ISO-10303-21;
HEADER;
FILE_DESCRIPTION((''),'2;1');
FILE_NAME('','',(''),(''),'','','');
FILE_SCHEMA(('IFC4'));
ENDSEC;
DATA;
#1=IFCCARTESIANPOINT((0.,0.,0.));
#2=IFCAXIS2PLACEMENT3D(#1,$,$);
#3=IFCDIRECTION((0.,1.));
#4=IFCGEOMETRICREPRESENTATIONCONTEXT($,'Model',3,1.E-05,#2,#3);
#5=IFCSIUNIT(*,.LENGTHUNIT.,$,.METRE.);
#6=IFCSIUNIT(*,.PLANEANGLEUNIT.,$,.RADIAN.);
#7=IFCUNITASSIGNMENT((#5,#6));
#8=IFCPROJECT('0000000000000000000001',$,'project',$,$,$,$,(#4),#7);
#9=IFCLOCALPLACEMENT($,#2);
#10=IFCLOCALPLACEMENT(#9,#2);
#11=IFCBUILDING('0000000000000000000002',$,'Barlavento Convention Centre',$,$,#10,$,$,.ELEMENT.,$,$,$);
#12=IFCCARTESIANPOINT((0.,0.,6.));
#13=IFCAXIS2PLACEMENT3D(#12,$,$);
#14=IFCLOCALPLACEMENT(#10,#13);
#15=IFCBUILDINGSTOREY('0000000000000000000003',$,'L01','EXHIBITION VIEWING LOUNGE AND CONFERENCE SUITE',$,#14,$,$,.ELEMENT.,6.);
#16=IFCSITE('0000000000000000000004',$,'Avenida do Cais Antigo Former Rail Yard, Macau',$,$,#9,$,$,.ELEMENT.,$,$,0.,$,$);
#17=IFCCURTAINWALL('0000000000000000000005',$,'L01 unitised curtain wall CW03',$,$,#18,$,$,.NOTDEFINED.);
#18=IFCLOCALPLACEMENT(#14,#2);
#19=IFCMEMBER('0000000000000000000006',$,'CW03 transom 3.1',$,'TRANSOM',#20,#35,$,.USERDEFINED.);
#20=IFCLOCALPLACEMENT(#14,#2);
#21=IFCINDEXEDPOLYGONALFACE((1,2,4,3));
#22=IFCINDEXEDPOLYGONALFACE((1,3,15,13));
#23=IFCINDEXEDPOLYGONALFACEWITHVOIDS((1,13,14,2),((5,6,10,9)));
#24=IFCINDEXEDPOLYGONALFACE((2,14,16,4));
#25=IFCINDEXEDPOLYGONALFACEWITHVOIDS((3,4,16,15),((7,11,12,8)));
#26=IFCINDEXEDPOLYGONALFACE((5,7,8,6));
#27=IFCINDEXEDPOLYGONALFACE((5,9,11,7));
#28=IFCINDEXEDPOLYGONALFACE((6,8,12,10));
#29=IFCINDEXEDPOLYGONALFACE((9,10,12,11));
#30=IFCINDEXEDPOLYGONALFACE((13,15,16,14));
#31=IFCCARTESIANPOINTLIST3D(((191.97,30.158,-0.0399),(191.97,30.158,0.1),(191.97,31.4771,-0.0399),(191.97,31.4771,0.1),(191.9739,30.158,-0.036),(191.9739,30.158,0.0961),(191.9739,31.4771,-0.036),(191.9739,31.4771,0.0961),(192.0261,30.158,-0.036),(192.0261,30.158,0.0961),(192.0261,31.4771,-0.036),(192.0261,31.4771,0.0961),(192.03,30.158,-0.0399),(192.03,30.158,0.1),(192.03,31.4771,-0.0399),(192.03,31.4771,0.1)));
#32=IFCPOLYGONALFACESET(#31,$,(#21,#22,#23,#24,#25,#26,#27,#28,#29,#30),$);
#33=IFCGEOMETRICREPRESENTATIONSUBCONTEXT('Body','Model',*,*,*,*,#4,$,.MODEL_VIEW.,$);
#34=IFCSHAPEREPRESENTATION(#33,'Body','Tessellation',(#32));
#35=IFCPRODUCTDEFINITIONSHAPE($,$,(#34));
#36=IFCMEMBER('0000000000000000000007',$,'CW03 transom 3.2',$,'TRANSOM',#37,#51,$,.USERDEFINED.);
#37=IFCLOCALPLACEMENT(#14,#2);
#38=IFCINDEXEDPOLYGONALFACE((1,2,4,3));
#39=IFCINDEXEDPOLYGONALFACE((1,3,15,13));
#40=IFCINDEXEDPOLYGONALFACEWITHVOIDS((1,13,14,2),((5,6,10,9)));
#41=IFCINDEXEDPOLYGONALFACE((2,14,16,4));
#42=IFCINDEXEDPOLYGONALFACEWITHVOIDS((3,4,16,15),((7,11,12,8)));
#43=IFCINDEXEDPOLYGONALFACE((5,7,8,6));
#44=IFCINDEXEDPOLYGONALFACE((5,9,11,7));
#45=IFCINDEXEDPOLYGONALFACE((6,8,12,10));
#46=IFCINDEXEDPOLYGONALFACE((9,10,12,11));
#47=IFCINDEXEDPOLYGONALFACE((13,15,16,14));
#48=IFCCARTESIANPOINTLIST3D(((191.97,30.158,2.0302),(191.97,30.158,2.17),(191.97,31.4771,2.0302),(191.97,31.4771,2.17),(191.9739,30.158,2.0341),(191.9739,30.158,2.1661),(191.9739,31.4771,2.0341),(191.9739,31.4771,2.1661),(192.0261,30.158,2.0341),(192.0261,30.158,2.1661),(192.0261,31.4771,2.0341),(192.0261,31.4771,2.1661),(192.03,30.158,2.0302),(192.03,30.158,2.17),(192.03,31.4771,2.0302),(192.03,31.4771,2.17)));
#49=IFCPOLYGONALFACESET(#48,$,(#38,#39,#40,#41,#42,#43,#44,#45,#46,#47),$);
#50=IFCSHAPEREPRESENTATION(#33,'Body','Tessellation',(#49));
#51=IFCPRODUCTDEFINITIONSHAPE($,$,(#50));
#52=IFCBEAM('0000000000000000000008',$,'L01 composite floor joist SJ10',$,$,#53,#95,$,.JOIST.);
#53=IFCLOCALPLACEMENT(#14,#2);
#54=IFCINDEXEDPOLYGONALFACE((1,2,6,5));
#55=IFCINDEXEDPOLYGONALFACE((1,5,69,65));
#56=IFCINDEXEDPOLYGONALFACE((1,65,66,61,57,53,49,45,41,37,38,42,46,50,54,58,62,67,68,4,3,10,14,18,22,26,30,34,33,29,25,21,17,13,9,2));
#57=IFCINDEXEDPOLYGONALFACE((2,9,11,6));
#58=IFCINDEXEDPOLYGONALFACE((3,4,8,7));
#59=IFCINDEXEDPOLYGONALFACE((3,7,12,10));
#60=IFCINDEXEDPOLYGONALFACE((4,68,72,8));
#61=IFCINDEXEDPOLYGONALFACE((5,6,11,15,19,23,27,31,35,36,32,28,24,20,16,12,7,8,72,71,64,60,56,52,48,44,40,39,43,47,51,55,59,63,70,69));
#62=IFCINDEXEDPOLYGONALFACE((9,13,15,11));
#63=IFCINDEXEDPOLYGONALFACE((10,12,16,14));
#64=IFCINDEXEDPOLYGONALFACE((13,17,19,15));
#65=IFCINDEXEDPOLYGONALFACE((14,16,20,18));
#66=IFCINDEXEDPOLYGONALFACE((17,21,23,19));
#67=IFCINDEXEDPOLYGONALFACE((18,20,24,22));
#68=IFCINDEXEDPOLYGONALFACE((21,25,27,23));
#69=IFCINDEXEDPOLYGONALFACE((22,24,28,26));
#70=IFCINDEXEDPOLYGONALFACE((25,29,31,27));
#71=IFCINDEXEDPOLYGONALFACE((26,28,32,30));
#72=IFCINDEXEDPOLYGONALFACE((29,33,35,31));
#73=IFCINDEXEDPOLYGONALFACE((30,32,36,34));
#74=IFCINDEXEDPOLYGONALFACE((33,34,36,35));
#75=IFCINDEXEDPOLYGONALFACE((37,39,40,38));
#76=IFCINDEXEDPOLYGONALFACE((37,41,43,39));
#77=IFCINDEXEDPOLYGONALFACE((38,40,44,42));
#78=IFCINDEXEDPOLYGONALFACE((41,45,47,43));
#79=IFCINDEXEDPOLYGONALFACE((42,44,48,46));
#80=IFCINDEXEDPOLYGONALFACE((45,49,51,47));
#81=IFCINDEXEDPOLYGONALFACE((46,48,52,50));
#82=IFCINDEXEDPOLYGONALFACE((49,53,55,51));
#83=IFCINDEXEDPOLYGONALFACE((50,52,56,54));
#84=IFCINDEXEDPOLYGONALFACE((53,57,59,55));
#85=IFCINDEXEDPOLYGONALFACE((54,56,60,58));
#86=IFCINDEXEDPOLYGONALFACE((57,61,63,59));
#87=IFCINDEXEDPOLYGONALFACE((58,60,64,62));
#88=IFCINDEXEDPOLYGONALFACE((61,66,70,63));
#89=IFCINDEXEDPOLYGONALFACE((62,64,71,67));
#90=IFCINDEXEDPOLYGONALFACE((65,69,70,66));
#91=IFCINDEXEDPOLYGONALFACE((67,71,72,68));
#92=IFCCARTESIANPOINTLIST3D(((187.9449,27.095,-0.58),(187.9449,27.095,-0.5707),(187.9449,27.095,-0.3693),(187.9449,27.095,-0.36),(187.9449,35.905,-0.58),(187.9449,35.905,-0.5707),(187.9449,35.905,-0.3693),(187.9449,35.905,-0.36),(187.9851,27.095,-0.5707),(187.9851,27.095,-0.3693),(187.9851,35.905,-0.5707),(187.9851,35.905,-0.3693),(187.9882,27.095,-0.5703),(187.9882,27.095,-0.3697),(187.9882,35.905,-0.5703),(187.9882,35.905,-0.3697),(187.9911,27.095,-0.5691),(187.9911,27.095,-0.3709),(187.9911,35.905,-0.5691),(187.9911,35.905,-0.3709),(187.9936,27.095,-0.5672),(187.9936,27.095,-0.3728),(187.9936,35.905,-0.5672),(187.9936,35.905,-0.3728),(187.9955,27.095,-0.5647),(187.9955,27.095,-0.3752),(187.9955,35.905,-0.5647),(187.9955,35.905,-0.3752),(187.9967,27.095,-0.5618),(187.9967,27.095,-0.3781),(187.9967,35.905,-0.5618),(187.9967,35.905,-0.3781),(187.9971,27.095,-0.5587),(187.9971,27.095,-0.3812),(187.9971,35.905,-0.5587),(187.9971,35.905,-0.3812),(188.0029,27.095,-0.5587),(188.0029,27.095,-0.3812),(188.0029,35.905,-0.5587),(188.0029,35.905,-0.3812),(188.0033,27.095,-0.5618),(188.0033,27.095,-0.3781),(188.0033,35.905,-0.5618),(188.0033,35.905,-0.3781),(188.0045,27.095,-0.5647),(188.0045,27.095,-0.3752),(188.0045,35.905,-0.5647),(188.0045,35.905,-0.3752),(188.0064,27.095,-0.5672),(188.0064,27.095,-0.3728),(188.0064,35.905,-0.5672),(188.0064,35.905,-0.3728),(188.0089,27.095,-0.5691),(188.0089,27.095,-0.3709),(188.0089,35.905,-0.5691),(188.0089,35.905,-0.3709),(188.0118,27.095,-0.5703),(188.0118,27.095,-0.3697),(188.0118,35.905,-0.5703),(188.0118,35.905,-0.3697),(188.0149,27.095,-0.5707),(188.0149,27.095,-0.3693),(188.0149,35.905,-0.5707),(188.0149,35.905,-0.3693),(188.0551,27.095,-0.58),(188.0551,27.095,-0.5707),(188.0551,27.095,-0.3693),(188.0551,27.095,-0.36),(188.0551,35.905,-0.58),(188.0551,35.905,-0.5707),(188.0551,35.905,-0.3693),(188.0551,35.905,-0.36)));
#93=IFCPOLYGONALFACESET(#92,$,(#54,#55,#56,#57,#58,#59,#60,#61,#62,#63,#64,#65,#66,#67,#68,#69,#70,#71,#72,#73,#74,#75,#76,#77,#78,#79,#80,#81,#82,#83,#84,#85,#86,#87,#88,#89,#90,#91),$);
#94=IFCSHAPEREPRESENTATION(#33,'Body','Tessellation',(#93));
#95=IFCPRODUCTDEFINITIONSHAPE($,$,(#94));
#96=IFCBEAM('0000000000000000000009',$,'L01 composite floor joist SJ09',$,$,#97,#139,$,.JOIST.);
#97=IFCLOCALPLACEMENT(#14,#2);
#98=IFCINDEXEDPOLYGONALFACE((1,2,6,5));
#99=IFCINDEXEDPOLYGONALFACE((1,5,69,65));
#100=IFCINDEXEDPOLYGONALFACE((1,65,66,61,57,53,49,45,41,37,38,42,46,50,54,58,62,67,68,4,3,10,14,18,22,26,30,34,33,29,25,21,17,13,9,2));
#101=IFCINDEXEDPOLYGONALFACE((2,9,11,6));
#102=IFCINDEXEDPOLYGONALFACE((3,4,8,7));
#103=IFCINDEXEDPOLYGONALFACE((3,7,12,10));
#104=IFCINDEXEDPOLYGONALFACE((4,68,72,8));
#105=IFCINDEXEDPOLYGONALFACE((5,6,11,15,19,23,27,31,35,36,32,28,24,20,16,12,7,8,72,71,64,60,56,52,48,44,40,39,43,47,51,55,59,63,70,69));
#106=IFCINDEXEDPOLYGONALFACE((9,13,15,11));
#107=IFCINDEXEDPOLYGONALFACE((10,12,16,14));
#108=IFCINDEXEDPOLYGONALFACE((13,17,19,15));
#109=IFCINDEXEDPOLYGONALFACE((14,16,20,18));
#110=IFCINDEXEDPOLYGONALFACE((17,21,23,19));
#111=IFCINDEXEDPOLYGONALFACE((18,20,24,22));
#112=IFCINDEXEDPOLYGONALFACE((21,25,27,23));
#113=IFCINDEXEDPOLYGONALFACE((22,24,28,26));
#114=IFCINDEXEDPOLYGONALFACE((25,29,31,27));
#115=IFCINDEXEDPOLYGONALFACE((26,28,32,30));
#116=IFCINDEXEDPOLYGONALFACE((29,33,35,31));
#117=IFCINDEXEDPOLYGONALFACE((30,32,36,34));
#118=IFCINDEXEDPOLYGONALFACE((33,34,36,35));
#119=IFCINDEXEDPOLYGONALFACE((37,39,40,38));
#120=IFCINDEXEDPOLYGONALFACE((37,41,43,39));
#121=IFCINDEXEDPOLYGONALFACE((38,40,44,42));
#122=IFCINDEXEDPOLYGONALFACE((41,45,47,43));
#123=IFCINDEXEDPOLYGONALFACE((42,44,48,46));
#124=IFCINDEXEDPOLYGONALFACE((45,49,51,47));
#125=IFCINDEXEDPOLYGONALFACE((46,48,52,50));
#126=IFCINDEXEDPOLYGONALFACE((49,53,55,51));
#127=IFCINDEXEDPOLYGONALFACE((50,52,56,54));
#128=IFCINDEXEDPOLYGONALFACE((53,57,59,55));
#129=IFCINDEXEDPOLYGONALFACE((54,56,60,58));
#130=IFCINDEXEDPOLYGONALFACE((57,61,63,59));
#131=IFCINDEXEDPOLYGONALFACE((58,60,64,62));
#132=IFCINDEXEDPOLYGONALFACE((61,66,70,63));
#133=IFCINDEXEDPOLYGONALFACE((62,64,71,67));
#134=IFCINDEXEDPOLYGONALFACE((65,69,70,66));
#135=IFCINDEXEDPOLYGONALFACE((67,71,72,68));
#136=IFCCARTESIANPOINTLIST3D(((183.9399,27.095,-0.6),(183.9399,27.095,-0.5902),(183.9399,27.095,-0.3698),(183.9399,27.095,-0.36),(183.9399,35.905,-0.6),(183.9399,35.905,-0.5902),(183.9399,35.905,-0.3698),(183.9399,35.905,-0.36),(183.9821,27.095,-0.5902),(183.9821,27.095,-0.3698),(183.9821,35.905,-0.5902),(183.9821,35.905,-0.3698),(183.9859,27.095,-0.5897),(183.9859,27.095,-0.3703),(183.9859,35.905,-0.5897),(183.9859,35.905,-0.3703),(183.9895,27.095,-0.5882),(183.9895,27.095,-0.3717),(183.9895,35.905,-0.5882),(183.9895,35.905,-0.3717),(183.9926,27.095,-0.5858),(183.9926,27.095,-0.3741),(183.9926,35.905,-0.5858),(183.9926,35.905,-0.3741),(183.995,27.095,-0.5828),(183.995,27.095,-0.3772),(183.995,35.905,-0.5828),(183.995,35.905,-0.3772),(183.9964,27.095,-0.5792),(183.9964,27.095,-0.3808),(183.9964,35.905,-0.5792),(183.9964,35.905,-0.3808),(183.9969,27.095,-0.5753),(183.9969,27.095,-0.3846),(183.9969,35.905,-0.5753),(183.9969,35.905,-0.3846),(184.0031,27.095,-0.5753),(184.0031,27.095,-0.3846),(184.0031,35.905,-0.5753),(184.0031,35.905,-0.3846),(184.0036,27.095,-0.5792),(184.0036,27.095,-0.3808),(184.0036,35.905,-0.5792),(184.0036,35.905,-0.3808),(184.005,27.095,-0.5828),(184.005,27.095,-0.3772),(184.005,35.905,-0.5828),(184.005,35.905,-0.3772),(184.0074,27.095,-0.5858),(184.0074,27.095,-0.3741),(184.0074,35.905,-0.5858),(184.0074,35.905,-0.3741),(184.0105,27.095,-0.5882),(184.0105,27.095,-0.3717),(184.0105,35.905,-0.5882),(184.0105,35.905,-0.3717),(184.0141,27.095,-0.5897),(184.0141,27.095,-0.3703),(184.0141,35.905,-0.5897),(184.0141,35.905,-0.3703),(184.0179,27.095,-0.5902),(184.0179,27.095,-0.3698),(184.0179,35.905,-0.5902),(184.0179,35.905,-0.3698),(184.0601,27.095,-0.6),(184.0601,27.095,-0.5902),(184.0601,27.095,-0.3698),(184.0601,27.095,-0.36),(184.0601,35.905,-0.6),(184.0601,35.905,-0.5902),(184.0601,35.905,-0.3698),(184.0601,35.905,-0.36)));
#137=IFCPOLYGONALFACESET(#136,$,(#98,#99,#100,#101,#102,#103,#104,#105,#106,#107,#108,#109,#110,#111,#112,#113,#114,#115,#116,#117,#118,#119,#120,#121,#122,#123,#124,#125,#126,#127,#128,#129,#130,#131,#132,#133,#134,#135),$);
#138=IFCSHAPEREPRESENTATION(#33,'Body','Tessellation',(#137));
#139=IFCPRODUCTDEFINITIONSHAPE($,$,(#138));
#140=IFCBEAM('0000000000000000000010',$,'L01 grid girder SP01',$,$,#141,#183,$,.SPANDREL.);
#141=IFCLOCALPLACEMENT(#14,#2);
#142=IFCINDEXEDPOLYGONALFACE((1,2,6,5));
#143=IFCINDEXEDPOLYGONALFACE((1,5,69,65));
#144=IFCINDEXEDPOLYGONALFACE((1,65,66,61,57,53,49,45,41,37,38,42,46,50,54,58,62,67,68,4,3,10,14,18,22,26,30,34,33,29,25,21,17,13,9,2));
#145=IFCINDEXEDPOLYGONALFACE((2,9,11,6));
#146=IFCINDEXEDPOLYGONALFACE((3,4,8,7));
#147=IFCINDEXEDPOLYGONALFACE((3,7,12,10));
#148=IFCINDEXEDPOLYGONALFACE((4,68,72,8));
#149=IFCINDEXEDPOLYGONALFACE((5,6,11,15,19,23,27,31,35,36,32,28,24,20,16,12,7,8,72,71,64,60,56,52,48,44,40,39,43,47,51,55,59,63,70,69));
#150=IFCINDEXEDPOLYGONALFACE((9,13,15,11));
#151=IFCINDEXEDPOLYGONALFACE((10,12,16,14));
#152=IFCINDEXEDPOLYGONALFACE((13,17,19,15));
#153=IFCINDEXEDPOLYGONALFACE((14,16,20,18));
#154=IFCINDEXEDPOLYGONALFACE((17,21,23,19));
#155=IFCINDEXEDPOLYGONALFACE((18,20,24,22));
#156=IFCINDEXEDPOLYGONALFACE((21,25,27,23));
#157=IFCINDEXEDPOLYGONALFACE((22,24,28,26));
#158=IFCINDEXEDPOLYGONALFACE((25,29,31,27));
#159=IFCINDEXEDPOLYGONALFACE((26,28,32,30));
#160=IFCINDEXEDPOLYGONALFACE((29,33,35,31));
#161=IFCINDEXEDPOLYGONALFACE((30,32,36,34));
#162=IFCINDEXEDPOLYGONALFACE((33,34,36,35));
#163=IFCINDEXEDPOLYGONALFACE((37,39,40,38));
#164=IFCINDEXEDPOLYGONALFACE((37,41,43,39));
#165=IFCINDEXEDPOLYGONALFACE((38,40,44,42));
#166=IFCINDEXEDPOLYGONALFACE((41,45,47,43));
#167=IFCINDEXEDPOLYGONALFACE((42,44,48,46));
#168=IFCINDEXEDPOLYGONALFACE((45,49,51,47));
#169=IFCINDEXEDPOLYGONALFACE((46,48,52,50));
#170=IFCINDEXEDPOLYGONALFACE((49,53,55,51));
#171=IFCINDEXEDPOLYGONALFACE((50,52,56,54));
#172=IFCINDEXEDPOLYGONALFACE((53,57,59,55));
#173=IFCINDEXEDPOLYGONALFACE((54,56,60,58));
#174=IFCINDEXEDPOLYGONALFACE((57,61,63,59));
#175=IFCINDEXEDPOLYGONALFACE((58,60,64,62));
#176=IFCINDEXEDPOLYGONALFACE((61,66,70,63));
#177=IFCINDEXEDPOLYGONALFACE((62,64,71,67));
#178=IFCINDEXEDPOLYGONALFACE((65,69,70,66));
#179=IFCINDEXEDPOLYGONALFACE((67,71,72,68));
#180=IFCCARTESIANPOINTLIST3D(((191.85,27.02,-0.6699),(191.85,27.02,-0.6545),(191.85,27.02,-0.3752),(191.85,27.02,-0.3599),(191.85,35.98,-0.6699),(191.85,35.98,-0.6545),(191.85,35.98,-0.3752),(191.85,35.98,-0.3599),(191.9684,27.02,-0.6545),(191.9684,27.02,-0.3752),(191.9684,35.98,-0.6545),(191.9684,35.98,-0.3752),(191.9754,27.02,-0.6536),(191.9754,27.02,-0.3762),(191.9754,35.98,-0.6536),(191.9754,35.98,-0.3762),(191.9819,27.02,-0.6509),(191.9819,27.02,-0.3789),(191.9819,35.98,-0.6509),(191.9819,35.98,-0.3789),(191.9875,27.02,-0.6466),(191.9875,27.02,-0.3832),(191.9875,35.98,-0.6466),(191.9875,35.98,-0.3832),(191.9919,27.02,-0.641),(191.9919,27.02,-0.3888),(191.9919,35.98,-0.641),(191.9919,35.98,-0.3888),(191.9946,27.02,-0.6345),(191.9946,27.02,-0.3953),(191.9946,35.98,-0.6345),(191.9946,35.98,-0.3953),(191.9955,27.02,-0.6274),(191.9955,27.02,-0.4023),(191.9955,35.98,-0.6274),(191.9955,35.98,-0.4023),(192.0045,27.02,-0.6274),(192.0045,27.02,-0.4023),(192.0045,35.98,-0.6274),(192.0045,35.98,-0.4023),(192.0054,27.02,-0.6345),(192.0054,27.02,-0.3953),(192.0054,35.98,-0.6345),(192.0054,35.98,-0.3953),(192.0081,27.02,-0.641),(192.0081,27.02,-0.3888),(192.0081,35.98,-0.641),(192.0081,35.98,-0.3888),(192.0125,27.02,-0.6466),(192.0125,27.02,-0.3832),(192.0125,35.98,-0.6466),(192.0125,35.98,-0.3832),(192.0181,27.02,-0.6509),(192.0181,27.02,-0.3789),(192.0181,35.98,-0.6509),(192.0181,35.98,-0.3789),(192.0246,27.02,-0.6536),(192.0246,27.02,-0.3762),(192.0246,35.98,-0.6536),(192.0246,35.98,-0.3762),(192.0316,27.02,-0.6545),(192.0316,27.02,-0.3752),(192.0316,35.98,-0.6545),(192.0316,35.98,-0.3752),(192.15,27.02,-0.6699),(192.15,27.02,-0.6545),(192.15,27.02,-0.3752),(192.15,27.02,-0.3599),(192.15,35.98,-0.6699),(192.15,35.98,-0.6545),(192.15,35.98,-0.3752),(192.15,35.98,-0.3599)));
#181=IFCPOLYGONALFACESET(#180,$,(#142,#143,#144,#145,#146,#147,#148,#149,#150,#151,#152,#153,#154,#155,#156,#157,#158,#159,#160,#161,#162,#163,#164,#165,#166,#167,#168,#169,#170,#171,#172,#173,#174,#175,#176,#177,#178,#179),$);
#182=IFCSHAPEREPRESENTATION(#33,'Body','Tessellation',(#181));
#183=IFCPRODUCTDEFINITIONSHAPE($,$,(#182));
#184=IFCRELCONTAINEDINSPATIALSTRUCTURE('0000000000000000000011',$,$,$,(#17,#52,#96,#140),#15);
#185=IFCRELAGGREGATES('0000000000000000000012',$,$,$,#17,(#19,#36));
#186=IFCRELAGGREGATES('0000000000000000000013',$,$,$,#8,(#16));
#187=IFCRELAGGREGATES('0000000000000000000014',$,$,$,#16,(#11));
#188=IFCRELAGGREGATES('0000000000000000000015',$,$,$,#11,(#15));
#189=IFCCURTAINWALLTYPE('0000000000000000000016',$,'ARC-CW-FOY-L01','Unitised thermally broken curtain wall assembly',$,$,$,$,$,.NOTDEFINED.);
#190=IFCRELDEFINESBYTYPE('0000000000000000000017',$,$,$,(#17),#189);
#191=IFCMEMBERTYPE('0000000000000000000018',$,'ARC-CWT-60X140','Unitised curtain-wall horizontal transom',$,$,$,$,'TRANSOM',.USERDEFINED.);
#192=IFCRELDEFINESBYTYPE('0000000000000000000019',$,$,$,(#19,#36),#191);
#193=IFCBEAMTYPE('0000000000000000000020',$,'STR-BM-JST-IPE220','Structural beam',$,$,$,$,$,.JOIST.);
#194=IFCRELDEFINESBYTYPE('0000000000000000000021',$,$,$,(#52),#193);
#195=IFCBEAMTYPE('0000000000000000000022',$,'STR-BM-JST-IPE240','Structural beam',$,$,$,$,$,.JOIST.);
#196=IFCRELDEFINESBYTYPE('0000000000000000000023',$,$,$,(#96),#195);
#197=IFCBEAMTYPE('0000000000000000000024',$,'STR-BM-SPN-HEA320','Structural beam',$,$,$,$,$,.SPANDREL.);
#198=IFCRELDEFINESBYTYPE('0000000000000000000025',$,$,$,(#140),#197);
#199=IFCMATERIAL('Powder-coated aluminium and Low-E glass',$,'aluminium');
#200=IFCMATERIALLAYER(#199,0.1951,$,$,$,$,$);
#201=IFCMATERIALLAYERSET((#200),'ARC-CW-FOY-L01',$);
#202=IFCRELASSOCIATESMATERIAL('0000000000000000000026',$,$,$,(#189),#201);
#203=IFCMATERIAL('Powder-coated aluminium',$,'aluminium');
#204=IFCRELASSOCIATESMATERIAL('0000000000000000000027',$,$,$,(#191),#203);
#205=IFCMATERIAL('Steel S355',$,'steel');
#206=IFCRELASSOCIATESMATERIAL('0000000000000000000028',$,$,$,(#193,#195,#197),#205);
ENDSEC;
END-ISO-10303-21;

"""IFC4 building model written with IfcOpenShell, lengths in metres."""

from ifc_helpers import new_model, si_unit, direction, frame, origin, origin_2d, place, context, subcontext, project, spatial, hollow_rectangle, i_section, extrude, material, layer, layer_set, material_profile, profile_set, type_object, element, aggregate, save


model = new_model("IFC4")

# Units and contexts
model_context = context("Model", 3, precision=1e-05, world=origin(), true_north=direction((0.0, 1.0)))
body_context = subcontext(model_context, "Body", "Model", "MODEL_VIEW")
ifc_project = project(units=[si_unit("LENGTHUNIT", "METRE"), si_unit("PLANEANGLEUNIT", "RADIAN")], contexts=[model_context])

# Site, building, storey
site_placement = place(None, origin())
site = spatial("IfcSite", under=ifc_project, at=site_placement, Name="Avenida do Cais Antigo Former Rail Yard, Macau", CompositionType="ELEMENT", RefElevation=0.0)
building_placement = place(site_placement, origin())
building = spatial("IfcBuilding", under=site, at=building_placement, Name="Barlavento Convention Centre", CompositionType="ELEMENT")
storey_placement = place(building_placement, frame((0.0, 0.0, 6.0)))
storey = spatial("IfcBuildingStorey", under=building, at=storey_placement, Name="L01", Description="EXHIBITION VIEWING LOUNGE AND CONFERENCE SUITE", CompositionType="ELEMENT", Elevation=6.0)

# Shared definitions
ifc_material_1 = material(Name="Powder-coated aluminium and Low-E glass", Category="aluminium")
ifc_layer_1 = layer(ifc_material_1, 0.1951)
ifc_layer_set_1 = layer_set([ifc_layer_1], Name="ARC-CW-FOY-L01")
curtain_wall_type = type_object("IfcCurtainWallType", Name="ARC-CW-FOY-L01", Description="Unitised thermally broken curtain wall assembly", PredefinedType="NOTDEFINED", material=ifc_layer_set_1)
ifc_material_2 = material(Name="Powder-coated aluminium", Category="aluminium")

# Curtain wall, members
curtain_wall_1_placement = place(storey_placement, origin())
curtain_wall_1 = element("IfcCurtainWall", 1, at=curtain_wall_1_placement, inside=storey, type_object=curtain_wall_type, Name="L01 unitised curtain wall CW03", PredefinedType="NOTDEFINED")
ifc_material_profile_1 = material_profile(ifc_material_2, hollow_rectangle(XDim=0.0601, YDim=0.1399, WallThickness=0.0039, at=origin_2d()), Name="AL-TRAN 60x140x4")
ifc_profile_set_1 = profile_set([ifc_material_profile_1], Name="Powder-coated aluminium")
member_type_1 = type_object("IfcMemberType", Name="ARC-CWT-60X140", Description="Unitised curtain-wall horizontal transom", ElementType="TRANSOM", PredefinedType="USERDEFINED", material=ifc_profile_set_1)
member_1_placement = place(storey_placement, frame((192.0, 30.158, 0.03), z_axis=(0.0, 1.0, 0.0), x_axis=(-1.0, 0.0, 0.0)))
member_1 = element("IfcMember", 2, at=member_1_placement, type_object=member_type_1, Name="CW03 transom 3.1", ObjectType="TRANSOM", PredefinedType="USERDEFINED", context=body_context, shape_type="SweptSolid", body=[
    extrude(hollow_rectangle(XDim=0.0601, YDim=0.1399, WallThickness=0.0039, at=origin_2d()), origin(), (0.0, 0.0, 1.0), 1.3191),
])
member_2_placement = place(storey_placement, frame((192.0, 30.158, 2.1001), z_axis=(0.0, 1.0, 0.0), x_axis=(-1.0, 0.0, 0.0)))
member_2 = element("IfcMember", 3, at=member_2_placement, type_object=member_type_1, Name="CW03 transom 3.2", ObjectType="TRANSOM", PredefinedType="USERDEFINED", context=body_context, shape_type="SweptSolid", body=[
    extrude(hollow_rectangle(XDim=0.0601, YDim=0.1399, WallThickness=0.0039, at=origin_2d()), origin(), (0.0, 0.0, 1.0), 1.3191),
])

# Beams
ifc_material_3 = material(Name="Steel S355", Category="steel")
ifc_material_profile_2 = material_profile(ifc_material_3, i_section(OverallWidth=0.1101, OverallDepth=0.22, WebThickness=0.0059, FlangeThickness=0.0093, FilletRadius=0.012, at=origin_2d()), Name="IPE 220")
ifc_profile_set_2 = profile_set([ifc_material_profile_2], Name="Steel S355")
beam_type_1 = type_object("IfcBeamType", Name="STR-BM-JST-IPE220", Description="Structural beam", PredefinedType="JOIST", material=ifc_profile_set_2)
beam_1_placement = place(storey_placement, frame((188.0, 27.095, -0.47), z_axis=(0.0, 1.0, 0.0), x_axis=(-1.0, 0.0, 0.0)))
element("IfcBeam", 4, at=beam_1_placement, inside=storey, type_object=beam_type_1, Name="L01 composite floor joist SJ10", PredefinedType="JOIST", context=body_context, shape_type="SweptSolid", body=[
    extrude(i_section(OverallWidth=0.1101, OverallDepth=0.22, WebThickness=0.0059, FlangeThickness=0.0093, FilletRadius=0.012, at=origin_2d()), origin(), (0.0, 0.0, 1.0), 8.8101),
])
ifc_material_profile_3 = material_profile(ifc_material_3, i_section(OverallWidth=0.1201, OverallDepth=0.24, WebThickness=0.0061, FlangeThickness=0.0098, FilletRadius=0.0149, at=origin_2d()), Name="IPE 240")
ifc_profile_set_3 = profile_set([ifc_material_profile_3], Name="Steel S355")
beam_type_2 = type_object("IfcBeamType", Name="STR-BM-JST-IPE240", Description="Structural beam", PredefinedType="JOIST", material=ifc_profile_set_3)
beam_2_placement = place(storey_placement, frame((184.0, 27.095, -0.48), z_axis=(0.0, 1.0, 0.0), x_axis=(-1.0, 0.0, 0.0)))
element("IfcBeam", 5, at=beam_2_placement, inside=storey, type_object=beam_type_2, Name="L01 composite floor joist SJ09", PredefinedType="JOIST", context=body_context, shape_type="SweptSolid", body=[
    extrude(i_section(OverallWidth=0.1201, OverallDepth=0.24, WebThickness=0.0061, FlangeThickness=0.0098, FilletRadius=0.0149, at=origin_2d()), origin(), (0.0, 0.0, 1.0), 8.8101),
])
ifc_material_profile_4 = material_profile(ifc_material_3, i_section(OverallWidth=0.3, OverallDepth=0.3101, WebThickness=0.009, FlangeThickness=0.0154, FilletRadius=0.0271, at=origin_2d()), Name="HEA 320")
ifc_profile_set_4 = profile_set([ifc_material_profile_4], Name="Steel S355")
beam_type_3 = type_object("IfcBeamType", Name="STR-BM-SPN-HEA320", Description="Structural beam", PredefinedType="SPANDREL", material=ifc_profile_set_4)
beam_3_placement = place(storey_placement, frame((192.0, 27.02, -0.5149), z_axis=(0.0, 1.0, 0.0), x_axis=(-1.0, 0.0, 0.0)))
element("IfcBeam", 6, at=beam_3_placement, inside=storey, type_object=beam_type_3, Name="L01 grid girder SP01", PredefinedType="SPANDREL", context=body_context, shape_type="SweptSolid", body=[
    extrude(i_section(OverallWidth=0.3, OverallDepth=0.3101, WebThickness=0.009, FlangeThickness=0.0154, FilletRadius=0.0271, at=origin_2d()), origin(), (0.0, 0.0, 1.0), 8.96),
])

aggregate(curtain_wall_1, [member_1, member_2])

save(model, "model.ifc")
